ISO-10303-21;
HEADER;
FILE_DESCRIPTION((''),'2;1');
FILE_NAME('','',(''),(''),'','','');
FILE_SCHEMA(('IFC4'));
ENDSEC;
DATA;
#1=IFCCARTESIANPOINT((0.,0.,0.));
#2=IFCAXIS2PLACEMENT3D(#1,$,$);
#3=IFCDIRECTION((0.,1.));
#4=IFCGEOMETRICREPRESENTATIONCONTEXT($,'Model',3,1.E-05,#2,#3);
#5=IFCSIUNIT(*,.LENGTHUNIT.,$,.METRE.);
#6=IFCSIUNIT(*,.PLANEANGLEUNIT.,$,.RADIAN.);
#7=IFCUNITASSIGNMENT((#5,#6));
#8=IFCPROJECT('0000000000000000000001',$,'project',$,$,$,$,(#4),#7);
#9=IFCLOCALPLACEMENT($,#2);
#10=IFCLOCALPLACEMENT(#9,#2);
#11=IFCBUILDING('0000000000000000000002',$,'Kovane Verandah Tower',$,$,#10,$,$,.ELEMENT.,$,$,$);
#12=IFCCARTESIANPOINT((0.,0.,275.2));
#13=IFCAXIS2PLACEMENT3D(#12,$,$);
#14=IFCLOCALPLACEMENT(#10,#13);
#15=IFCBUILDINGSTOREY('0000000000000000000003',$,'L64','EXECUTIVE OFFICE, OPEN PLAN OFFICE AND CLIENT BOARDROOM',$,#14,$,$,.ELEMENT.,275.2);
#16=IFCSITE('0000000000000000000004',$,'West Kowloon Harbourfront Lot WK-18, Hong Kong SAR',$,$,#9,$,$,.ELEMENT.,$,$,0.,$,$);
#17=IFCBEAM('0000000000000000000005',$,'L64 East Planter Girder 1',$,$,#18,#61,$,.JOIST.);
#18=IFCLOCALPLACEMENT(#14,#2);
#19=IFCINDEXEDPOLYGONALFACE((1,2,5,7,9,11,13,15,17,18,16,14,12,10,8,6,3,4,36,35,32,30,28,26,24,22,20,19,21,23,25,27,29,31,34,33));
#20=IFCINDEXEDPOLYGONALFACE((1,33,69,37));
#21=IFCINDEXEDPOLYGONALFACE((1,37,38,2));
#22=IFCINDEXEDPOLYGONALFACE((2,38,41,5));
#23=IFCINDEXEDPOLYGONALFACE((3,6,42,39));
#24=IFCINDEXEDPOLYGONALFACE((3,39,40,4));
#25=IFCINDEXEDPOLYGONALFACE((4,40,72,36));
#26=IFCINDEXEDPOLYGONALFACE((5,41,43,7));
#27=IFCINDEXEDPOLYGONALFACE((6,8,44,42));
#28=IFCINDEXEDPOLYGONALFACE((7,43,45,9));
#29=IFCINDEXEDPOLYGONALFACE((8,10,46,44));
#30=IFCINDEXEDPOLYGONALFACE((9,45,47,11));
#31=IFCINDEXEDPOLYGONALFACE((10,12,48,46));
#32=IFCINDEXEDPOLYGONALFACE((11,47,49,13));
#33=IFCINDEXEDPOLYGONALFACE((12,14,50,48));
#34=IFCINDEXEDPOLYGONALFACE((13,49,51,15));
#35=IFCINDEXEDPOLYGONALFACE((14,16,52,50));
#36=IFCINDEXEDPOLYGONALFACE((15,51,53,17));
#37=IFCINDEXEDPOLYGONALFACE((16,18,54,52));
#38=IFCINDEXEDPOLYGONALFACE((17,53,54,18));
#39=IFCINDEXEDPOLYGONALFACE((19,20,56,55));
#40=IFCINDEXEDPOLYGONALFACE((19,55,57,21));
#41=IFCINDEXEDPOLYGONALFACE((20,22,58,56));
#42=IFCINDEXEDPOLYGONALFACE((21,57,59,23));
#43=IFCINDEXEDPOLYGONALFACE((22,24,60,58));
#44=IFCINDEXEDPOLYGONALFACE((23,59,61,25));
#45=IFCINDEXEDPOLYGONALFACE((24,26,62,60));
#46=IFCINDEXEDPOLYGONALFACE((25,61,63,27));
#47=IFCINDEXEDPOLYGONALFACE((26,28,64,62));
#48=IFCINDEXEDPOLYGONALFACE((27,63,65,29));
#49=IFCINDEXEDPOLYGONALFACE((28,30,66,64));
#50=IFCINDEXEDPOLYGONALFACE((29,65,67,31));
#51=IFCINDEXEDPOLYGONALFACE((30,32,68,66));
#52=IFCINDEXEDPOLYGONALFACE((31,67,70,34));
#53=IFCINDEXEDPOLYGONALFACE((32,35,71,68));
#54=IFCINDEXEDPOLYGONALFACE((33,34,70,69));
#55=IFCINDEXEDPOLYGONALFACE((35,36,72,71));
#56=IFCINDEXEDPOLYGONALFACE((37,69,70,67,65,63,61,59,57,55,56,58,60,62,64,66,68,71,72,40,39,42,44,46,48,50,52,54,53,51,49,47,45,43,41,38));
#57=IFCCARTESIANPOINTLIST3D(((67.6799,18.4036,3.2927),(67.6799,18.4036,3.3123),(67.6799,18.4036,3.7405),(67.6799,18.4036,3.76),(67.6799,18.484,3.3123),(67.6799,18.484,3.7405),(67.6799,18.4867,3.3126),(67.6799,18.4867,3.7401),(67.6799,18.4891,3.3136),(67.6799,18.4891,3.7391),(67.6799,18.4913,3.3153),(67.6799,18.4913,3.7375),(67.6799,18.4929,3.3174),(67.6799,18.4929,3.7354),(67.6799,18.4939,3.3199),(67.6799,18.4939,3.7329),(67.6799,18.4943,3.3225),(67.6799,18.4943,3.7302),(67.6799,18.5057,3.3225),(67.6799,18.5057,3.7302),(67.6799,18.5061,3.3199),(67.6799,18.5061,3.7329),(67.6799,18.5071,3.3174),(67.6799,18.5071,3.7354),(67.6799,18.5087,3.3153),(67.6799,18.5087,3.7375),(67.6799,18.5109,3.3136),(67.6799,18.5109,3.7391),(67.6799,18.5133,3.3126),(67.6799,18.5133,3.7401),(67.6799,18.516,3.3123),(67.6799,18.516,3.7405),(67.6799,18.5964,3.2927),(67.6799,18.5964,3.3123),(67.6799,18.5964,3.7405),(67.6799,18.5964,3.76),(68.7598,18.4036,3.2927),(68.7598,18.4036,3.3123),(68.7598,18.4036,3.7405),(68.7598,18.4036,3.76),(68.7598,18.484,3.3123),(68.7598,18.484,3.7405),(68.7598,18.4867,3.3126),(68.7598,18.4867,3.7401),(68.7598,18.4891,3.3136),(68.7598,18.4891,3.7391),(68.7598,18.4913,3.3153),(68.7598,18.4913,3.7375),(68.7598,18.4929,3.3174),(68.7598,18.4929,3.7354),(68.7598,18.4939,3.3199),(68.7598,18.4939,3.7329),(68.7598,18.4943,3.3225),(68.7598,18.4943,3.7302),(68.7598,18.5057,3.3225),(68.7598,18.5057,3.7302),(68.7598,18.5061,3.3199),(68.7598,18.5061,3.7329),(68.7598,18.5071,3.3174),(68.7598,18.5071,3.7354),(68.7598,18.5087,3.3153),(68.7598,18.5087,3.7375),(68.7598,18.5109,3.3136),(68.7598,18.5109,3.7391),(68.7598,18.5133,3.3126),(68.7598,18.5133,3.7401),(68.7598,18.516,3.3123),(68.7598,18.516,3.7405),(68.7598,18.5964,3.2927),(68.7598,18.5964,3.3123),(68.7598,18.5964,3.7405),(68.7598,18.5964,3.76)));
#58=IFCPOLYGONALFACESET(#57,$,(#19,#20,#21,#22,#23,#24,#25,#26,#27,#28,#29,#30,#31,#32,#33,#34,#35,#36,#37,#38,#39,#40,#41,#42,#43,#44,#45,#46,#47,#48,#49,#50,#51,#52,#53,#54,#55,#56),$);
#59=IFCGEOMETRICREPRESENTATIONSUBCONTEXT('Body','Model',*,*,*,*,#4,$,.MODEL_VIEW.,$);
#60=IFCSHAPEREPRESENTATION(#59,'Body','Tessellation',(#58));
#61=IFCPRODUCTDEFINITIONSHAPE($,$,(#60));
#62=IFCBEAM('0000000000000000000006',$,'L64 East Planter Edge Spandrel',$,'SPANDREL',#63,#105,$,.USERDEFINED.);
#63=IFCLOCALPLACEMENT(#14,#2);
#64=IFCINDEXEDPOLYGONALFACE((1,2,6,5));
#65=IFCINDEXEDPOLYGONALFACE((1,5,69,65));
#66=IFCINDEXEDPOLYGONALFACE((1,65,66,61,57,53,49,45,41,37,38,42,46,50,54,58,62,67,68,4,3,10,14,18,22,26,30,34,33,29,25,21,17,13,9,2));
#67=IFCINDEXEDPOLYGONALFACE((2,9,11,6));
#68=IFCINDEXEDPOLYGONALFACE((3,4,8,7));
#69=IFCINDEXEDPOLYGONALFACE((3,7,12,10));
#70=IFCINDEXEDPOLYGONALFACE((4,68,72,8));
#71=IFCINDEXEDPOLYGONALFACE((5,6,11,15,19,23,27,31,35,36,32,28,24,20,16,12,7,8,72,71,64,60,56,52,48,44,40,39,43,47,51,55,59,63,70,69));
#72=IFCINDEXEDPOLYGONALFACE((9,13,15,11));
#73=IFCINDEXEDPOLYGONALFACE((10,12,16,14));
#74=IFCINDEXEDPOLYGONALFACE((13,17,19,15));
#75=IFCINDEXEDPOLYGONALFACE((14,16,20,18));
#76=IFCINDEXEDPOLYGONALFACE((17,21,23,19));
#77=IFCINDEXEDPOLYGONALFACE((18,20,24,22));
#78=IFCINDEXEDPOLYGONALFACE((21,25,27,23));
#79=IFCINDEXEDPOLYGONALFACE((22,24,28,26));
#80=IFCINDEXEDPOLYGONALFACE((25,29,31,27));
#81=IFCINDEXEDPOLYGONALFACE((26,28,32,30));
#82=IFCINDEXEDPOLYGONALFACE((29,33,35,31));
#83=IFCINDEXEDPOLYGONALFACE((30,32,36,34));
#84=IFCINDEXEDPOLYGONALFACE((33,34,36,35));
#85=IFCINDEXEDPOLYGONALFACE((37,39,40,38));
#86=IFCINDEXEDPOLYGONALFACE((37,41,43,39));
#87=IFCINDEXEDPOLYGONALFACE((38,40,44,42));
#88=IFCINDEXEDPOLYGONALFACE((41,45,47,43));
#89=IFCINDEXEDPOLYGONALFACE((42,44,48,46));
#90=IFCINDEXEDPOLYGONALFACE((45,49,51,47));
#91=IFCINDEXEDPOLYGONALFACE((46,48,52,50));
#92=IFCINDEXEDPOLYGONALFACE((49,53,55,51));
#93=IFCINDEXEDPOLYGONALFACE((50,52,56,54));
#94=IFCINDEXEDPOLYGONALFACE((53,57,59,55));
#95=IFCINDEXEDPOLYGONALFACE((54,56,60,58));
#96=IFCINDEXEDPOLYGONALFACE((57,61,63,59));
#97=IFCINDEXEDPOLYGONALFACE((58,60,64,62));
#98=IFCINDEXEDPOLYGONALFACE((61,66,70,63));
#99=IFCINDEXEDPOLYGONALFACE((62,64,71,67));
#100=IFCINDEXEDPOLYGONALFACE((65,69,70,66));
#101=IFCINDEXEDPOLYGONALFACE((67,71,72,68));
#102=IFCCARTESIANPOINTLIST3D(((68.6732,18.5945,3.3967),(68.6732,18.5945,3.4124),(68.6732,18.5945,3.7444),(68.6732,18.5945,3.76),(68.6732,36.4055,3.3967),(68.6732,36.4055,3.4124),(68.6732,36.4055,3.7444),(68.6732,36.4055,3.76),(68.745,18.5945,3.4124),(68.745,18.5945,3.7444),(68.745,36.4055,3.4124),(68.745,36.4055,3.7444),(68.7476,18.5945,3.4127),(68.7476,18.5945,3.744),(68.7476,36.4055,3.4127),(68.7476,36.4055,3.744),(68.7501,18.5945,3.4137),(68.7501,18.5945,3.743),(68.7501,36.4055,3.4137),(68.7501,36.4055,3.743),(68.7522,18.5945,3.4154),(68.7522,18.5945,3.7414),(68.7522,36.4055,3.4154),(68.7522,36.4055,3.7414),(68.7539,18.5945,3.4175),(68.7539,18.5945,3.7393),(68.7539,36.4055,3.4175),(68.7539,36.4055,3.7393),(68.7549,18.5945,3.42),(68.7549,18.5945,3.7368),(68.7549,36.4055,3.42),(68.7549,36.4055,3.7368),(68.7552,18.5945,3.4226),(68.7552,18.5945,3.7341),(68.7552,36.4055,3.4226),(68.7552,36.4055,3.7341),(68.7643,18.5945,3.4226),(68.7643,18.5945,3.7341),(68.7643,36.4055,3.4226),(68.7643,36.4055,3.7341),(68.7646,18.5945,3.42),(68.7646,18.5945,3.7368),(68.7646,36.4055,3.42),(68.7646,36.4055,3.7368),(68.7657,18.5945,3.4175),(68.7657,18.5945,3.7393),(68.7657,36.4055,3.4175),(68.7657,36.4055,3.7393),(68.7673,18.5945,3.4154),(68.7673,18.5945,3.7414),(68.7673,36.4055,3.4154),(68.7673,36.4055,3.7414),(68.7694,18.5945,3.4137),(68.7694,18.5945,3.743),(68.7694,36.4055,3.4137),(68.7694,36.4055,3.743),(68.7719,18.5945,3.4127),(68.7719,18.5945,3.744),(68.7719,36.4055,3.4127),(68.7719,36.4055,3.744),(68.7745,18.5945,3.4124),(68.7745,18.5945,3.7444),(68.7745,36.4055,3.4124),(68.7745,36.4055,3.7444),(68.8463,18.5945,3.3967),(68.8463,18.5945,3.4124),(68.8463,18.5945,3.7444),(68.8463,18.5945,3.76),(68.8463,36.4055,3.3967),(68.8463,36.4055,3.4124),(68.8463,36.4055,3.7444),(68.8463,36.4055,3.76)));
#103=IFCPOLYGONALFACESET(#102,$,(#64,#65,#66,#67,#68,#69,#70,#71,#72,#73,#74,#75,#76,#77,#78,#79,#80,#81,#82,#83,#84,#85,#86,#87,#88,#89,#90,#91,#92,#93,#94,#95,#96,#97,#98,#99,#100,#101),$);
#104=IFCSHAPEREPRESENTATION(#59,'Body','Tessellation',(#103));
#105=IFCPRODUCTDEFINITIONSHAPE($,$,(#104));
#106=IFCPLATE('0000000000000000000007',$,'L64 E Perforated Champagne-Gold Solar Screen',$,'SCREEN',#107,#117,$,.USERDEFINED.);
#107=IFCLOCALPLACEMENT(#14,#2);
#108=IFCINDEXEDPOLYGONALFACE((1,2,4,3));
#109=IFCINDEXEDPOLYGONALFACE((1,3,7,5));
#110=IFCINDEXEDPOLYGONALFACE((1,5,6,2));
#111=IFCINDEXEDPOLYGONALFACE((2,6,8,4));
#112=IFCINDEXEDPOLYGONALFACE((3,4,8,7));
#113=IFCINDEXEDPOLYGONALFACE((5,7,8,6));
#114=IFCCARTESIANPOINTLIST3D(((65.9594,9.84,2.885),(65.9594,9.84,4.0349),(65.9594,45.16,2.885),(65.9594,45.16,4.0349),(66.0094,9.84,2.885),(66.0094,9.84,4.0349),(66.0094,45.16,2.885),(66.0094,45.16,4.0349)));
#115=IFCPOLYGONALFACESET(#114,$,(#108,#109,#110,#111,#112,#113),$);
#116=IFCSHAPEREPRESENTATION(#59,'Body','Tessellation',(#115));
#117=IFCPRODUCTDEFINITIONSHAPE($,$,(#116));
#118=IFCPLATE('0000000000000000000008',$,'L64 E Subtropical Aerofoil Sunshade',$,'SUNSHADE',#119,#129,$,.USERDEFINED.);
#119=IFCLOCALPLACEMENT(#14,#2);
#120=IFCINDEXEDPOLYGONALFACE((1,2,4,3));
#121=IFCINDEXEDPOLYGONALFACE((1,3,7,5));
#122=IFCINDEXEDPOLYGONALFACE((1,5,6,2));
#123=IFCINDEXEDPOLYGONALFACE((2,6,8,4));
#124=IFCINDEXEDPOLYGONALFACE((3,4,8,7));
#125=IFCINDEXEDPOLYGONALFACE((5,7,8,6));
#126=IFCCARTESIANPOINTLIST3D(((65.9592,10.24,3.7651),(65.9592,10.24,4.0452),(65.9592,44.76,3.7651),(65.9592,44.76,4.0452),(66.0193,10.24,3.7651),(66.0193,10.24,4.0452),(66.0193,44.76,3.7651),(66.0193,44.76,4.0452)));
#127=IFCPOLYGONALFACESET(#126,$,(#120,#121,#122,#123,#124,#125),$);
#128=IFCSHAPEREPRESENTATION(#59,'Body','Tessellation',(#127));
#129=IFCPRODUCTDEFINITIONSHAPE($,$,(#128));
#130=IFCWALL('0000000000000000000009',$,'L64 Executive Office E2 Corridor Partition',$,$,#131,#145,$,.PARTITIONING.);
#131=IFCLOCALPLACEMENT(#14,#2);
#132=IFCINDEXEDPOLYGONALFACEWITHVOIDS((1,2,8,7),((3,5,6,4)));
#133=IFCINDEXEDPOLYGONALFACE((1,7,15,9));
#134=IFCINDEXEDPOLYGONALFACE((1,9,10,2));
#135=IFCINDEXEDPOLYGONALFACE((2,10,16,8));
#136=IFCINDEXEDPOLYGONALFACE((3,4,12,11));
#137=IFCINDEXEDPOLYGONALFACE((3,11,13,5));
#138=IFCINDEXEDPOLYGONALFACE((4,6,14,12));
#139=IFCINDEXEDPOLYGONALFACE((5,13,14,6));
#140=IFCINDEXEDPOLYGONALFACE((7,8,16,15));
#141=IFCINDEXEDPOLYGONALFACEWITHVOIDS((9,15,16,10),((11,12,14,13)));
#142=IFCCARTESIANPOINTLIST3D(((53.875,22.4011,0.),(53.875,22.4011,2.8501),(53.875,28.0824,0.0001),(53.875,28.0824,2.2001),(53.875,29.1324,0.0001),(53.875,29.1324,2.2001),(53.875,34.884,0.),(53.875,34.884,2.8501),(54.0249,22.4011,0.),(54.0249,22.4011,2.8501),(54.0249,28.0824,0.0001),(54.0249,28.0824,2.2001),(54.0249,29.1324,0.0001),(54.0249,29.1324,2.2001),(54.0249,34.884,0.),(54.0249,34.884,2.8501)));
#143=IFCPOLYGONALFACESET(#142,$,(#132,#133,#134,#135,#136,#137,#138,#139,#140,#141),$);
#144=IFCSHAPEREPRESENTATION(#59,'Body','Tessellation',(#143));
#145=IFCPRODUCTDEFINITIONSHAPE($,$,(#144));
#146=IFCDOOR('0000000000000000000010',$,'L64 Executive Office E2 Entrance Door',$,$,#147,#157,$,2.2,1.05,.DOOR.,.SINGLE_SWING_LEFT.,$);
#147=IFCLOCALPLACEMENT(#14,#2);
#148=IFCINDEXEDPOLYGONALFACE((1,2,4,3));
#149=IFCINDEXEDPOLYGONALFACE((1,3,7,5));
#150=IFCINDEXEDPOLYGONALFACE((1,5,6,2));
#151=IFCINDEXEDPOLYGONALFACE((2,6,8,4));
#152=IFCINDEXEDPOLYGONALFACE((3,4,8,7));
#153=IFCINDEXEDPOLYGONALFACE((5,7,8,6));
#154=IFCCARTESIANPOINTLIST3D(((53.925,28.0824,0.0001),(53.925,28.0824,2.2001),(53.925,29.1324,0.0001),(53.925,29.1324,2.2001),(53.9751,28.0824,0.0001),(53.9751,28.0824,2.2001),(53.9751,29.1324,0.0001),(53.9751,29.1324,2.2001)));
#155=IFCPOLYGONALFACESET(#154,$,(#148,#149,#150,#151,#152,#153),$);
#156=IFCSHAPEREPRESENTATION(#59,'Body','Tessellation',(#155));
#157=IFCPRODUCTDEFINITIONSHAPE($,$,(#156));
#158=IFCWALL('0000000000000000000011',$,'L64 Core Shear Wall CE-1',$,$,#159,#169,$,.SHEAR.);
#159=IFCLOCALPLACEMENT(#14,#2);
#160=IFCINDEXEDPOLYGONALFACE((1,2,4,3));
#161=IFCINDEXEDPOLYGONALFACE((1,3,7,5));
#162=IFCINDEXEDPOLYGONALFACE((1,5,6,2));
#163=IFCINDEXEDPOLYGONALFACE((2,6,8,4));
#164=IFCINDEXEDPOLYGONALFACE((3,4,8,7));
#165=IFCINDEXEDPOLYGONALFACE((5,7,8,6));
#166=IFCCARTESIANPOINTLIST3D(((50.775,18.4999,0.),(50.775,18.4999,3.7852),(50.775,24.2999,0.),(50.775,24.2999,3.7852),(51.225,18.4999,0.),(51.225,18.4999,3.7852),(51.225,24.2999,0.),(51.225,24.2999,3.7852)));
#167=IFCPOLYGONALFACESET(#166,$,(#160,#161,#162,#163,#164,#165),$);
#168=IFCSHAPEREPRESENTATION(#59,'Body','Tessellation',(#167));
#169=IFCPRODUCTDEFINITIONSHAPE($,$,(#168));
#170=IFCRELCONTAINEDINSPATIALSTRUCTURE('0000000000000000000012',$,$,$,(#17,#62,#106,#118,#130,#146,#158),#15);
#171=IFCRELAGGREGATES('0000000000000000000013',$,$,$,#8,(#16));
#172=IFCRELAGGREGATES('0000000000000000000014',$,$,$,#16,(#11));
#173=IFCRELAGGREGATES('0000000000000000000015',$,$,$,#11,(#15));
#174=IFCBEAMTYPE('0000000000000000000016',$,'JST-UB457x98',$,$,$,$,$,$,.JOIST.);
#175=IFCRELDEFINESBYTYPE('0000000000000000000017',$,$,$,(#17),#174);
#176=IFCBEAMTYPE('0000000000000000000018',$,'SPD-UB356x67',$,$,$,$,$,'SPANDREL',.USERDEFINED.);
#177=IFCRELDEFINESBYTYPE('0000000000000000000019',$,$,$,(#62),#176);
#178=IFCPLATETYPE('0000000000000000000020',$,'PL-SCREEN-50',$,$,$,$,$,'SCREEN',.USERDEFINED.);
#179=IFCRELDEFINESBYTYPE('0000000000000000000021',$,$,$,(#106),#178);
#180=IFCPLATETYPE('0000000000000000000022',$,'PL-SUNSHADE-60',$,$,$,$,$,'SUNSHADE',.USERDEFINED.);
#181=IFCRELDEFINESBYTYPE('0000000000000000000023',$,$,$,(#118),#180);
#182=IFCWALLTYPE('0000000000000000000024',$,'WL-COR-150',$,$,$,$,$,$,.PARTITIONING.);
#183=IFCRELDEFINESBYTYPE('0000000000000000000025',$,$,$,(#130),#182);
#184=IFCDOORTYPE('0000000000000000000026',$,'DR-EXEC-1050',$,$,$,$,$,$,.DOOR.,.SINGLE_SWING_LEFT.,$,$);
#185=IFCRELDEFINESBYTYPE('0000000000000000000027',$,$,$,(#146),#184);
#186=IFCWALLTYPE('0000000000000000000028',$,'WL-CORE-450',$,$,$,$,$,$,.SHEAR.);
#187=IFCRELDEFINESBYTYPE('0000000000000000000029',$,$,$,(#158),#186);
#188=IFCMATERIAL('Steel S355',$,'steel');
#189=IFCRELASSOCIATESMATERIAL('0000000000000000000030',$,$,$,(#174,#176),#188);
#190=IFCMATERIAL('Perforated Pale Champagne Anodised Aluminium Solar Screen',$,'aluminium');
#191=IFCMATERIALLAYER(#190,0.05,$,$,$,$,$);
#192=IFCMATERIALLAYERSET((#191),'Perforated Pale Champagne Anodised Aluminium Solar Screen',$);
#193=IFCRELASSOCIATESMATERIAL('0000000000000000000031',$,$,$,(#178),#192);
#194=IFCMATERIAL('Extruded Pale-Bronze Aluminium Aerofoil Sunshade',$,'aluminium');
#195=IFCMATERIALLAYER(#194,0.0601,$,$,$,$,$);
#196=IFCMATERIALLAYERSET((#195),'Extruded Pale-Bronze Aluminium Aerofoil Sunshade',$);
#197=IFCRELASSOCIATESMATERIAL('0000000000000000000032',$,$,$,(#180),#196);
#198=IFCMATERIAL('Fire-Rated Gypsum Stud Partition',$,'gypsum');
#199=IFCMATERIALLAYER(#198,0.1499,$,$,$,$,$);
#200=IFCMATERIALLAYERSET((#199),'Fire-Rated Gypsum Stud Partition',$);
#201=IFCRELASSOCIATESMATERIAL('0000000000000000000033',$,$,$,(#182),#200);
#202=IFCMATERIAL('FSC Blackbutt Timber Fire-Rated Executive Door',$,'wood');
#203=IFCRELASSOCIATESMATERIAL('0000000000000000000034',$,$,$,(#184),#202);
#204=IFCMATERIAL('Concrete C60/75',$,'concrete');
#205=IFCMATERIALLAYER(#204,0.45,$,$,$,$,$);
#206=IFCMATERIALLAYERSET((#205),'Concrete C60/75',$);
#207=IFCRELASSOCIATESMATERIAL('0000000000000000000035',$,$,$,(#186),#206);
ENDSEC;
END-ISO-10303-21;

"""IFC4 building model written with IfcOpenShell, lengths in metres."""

from ifc_helpers import new_model, si_unit, direction, frame, frame_2d, origin, origin_2d, place, context, subcontext, project, spatial, rectangle, i_section, extrude, material, layer, layer_set, material_profile, profile_set, type_object, element, fill, save


model = new_model("IFC4")

# Units and contexts
model_context = context("Model", 3, precision=1e-05, world=origin(), true_north=direction((0.0, 1.0)))
body_context = subcontext(model_context, "Body", "Model", "MODEL_VIEW")
ifc_project = project(units=[si_unit("LENGTHUNIT", "METRE"), si_unit("PLANEANGLEUNIT", "RADIAN")], contexts=[model_context])

# Site, building, storey
site_placement = place(None, origin())
site = spatial("IfcSite", under=ifc_project, at=site_placement, Name="West Kowloon Harbourfront Lot WK-18, Hong Kong SAR", CompositionType="ELEMENT", RefElevation=0.0)
building_placement = place(site_placement, origin())
building = spatial("IfcBuilding", under=site, at=building_placement, Name="Kovane Verandah Tower", CompositionType="ELEMENT")
storey_placement = place(building_placement, frame((0.0, 0.0, 275.2)))
storey = spatial("IfcBuildingStorey", under=building, at=storey_placement, Name="L64", Description="EXECUTIVE OFFICE, OPEN PLAN OFFICE AND CLIENT BOARDROOM", CompositionType="ELEMENT", Elevation=275.2)

# Shared definitions
ifc_material_1 = material(Name="Concrete C60/75", Category="concrete")

# Beams
ifc_material_2 = material(Name="Steel S355", Category="steel")
ifc_material_profile_1 = material_profile(ifc_material_2, i_section(OverallWidth=0.1929, OverallDepth=0.4673, WebThickness=0.0115, FlangeThickness=0.0195, FilletRadius=0.0103, at=origin_2d()), Name="UB457x191x98")
ifc_profile_set_1 = profile_set([ifc_material_profile_1], Name="Steel S355")
beam_type_1 = type_object("IfcBeamType", Name="JST-UB457x98", PredefinedType="JOIST", material=ifc_profile_set_1)
beam_1_placement = place(storey_placement, frame((67.6799, 18.5, 3.5264), z_axis=(1.0, 0.0, 0.0), x_axis=(0.0, 1.0, 0.0)))
element("IfcBeam", 1, at=beam_1_placement, inside=storey, type_object=beam_type_1, Name="L64 East Planter Girder 1", PredefinedType="JOIST", context=body_context, shape_type="SweptSolid", body=[
    extrude(i_section(OverallWidth=0.1929, OverallDepth=0.4673, WebThickness=0.0115, FlangeThickness=0.0195, FilletRadius=0.0103, at=origin_2d()), origin(), (0.0, 0.0, 1.0), 1.0798),
])
ifc_material_profile_2 = material_profile(ifc_material_2, i_section(OverallWidth=0.1731, OverallDepth=0.3633, WebThickness=0.009, FlangeThickness=0.0156, FilletRadius=0.0103, at=origin_2d()), Name="UB356x171x67")
ifc_profile_set_2 = profile_set([ifc_material_profile_2], Name="Steel S355")
beam_type_2 = type_object("IfcBeamType", Name="SPD-UB356x67", ElementType="SPANDREL", PredefinedType="USERDEFINED", material=ifc_profile_set_2)
beam_2_placement = place(storey_placement, frame((68.7598, 18.5945, 3.5784), z_axis=(0.0, 1.0, 0.0), x_axis=(-1.0, 0.0, 0.0)))
element("IfcBeam", 2, at=beam_2_placement, inside=storey, type_object=beam_type_2, Name="L64 East Planter Edge Spandrel", ObjectType="SPANDREL", PredefinedType="USERDEFINED", context=body_context, shape_type="SweptSolid", body=[
    extrude(i_section(OverallWidth=0.1731, OverallDepth=0.3633, WebThickness=0.009, FlangeThickness=0.0156, FilletRadius=0.0103, at=origin_2d()), origin(), (0.0, 0.0, 1.0), 17.811),
])

# Plates
ifc_material_3 = material(Name="Perforated Pale Champagne Anodised Aluminium Solar Screen", Category="aluminium")
ifc_layer_1 = layer(ifc_material_3, 0.05)
ifc_layer_set_1 = layer_set([ifc_layer_1], Name="Perforated Pale Champagne Anodised Aluminium Solar Screen")
plate_type_1 = type_object("IfcPlateType", Name="PL-SCREEN-50", ElementType="SCREEN", PredefinedType="USERDEFINED", material=ifc_layer_set_1)
plate_1_placement = place(storey_placement, frame((65.9844, 27.5, 2.885), z_axis=(0.0, 0.0, 1.0), x_axis=(0.0, 1.0, 0.0)))
element("IfcPlate", 3, at=plate_1_placement, inside=storey, type_object=plate_type_1, Name="L64 E Perforated Champagne-Gold Solar Screen", ObjectType="SCREEN", PredefinedType="USERDEFINED", context=body_context, shape_type="SweptSolid", body=[
    extrude(rectangle(XDim=35.3201, YDim=0.05, at=origin_2d()), origin(), (0.0, 0.0, 1.0), 1.1499),
])
ifc_material_4 = material(Name="Extruded Pale-Bronze Aluminium Aerofoil Sunshade", Category="aluminium")
ifc_layer_2 = layer(ifc_material_4, 0.0601)
ifc_layer_set_2 = layer_set([ifc_layer_2], Name="Extruded Pale-Bronze Aluminium Aerofoil Sunshade")
plate_type_2 = type_object("IfcPlateType", Name="PL-SUNSHADE-60", ElementType="SUNSHADE", PredefinedType="USERDEFINED", material=ifc_layer_set_2)
plate_2_placement = place(storey_placement, frame((65.9893, 27.5, 3.7651), z_axis=(0.0, 0.0, 1.0), x_axis=(0.0, 1.0, 0.0)))
element("IfcPlate", 4, at=plate_2_placement, inside=storey, type_object=plate_type_2, Name="L64 E Subtropical Aerofoil Sunshade", ObjectType="SUNSHADE", PredefinedType="USERDEFINED", context=body_context, shape_type="SweptSolid", body=[
    extrude(rectangle(XDim=34.52, YDim=0.0601, at=origin_2d()), origin(), (0.0, 0.0, 1.0), 0.28),
])

# Wall, opening, door
ifc_material_5 = material(Name="Fire-Rated Gypsum Stud Partition", Category="gypsum")
ifc_layer_3 = layer(ifc_material_5, 0.1499)
ifc_layer_set_3 = layer_set([ifc_layer_3], Name="Fire-Rated Gypsum Stud Partition")
wall_type_1 = type_object("IfcWallType", Name="WL-COR-150", PredefinedType="PARTITIONING", material=ifc_layer_set_3)
wall_1_placement = place(storey_placement, frame((53.95, 22.4011, 0.0), z_axis=(0.0, 0.0, 1.0), x_axis=(0.0, 1.0, 0.0)))
wall_1 = element("IfcWall", 5, at=wall_1_placement, inside=storey, type_object=wall_type_1, Name="L64 Executive Office E2 Corridor Partition", PredefinedType="PARTITIONING", context=body_context, shape_type="SweptSolid", body=[
    extrude(rectangle(XDim=12.4829, YDim=0.1499, at=frame_2d((6.2415, 0.0))), origin(), (0.0, 0.0, 1.0), 2.8501),
])
opening_1_placement = place(wall_1_placement, frame((5.6814, 0.0, 0.0)))
opening_1 = element("IfcOpeningElement", 6, at=opening_1_placement, cuts=wall_1, PredefinedType="OPENING", context=body_context, shape_type="SweptSolid", body=[
    extrude(rectangle(XDim=1.05, YDim=2.2, at=frame_2d((0.5249, 1.1001))), frame((0.0, 0.075, 0.0), z_axis=(0.0, -1.0, 0.0), x_axis=(1.0, 0.0, 0.0)), (0.0, 0.0, 1.0), 0.1499),
])
ifc_material_6 = material(Name="FSC Blackbutt Timber Fire-Rated Executive Door", Category="wood")
door_type_1 = type_object("IfcDoorType", Name="DR-EXEC-1050", OperationType="SINGLE_SWING_LEFT", PredefinedType="DOOR", material=ifc_material_6)
door_1_placement = place(opening_1_placement, origin())
door_1 = element("IfcDoor", 7, at=door_1_placement, inside=storey, type_object=door_type_1, Name="L64 Executive Office E2 Entrance Door", OperationType="SINGLE_SWING_LEFT", OverallHeight=2.2, OverallWidth=1.05, PredefinedType="DOOR", context=body_context, shape_type="SweptSolid", body=[
    extrude(rectangle(XDim=1.05, YDim=2.2, at=frame_2d((0.5249, 1.1001))), frame((0.0, 0.0249, 0.0), z_axis=(0.0, -1.0, 0.0), x_axis=(1.0, 0.0, 0.0)), (0.0, 0.0, 1.0), 0.05),
])
fill(opening_1, door_1)

# Wall
ifc_layer_4 = layer(ifc_material_1, 0.45)
ifc_layer_set_4 = layer_set([ifc_layer_4], Name="Concrete C60/75")
wall_type_2 = type_object("IfcWallType", Name="WL-CORE-450", PredefinedType="SHEAR", material=ifc_layer_set_4)
wall_2_placement = place(storey_placement, frame((51.0, 18.5, 0.0), z_axis=(0.0, 0.0, 1.0), x_axis=(0.0, 1.0, 0.0)))
element("IfcWall", 8, at=wall_2_placement, inside=storey, type_object=wall_type_2, Name="L64 Core Shear Wall CE-1", PredefinedType="SHEAR", context=body_context, shape_type="SweptSolid", body=[
    extrude(rectangle(XDim=5.8, YDim=0.45, at=frame_2d((2.8999, 0.0))), origin(), (0.0, 0.0, 1.0), 3.7852),
])

save(model, "model.ifc")
